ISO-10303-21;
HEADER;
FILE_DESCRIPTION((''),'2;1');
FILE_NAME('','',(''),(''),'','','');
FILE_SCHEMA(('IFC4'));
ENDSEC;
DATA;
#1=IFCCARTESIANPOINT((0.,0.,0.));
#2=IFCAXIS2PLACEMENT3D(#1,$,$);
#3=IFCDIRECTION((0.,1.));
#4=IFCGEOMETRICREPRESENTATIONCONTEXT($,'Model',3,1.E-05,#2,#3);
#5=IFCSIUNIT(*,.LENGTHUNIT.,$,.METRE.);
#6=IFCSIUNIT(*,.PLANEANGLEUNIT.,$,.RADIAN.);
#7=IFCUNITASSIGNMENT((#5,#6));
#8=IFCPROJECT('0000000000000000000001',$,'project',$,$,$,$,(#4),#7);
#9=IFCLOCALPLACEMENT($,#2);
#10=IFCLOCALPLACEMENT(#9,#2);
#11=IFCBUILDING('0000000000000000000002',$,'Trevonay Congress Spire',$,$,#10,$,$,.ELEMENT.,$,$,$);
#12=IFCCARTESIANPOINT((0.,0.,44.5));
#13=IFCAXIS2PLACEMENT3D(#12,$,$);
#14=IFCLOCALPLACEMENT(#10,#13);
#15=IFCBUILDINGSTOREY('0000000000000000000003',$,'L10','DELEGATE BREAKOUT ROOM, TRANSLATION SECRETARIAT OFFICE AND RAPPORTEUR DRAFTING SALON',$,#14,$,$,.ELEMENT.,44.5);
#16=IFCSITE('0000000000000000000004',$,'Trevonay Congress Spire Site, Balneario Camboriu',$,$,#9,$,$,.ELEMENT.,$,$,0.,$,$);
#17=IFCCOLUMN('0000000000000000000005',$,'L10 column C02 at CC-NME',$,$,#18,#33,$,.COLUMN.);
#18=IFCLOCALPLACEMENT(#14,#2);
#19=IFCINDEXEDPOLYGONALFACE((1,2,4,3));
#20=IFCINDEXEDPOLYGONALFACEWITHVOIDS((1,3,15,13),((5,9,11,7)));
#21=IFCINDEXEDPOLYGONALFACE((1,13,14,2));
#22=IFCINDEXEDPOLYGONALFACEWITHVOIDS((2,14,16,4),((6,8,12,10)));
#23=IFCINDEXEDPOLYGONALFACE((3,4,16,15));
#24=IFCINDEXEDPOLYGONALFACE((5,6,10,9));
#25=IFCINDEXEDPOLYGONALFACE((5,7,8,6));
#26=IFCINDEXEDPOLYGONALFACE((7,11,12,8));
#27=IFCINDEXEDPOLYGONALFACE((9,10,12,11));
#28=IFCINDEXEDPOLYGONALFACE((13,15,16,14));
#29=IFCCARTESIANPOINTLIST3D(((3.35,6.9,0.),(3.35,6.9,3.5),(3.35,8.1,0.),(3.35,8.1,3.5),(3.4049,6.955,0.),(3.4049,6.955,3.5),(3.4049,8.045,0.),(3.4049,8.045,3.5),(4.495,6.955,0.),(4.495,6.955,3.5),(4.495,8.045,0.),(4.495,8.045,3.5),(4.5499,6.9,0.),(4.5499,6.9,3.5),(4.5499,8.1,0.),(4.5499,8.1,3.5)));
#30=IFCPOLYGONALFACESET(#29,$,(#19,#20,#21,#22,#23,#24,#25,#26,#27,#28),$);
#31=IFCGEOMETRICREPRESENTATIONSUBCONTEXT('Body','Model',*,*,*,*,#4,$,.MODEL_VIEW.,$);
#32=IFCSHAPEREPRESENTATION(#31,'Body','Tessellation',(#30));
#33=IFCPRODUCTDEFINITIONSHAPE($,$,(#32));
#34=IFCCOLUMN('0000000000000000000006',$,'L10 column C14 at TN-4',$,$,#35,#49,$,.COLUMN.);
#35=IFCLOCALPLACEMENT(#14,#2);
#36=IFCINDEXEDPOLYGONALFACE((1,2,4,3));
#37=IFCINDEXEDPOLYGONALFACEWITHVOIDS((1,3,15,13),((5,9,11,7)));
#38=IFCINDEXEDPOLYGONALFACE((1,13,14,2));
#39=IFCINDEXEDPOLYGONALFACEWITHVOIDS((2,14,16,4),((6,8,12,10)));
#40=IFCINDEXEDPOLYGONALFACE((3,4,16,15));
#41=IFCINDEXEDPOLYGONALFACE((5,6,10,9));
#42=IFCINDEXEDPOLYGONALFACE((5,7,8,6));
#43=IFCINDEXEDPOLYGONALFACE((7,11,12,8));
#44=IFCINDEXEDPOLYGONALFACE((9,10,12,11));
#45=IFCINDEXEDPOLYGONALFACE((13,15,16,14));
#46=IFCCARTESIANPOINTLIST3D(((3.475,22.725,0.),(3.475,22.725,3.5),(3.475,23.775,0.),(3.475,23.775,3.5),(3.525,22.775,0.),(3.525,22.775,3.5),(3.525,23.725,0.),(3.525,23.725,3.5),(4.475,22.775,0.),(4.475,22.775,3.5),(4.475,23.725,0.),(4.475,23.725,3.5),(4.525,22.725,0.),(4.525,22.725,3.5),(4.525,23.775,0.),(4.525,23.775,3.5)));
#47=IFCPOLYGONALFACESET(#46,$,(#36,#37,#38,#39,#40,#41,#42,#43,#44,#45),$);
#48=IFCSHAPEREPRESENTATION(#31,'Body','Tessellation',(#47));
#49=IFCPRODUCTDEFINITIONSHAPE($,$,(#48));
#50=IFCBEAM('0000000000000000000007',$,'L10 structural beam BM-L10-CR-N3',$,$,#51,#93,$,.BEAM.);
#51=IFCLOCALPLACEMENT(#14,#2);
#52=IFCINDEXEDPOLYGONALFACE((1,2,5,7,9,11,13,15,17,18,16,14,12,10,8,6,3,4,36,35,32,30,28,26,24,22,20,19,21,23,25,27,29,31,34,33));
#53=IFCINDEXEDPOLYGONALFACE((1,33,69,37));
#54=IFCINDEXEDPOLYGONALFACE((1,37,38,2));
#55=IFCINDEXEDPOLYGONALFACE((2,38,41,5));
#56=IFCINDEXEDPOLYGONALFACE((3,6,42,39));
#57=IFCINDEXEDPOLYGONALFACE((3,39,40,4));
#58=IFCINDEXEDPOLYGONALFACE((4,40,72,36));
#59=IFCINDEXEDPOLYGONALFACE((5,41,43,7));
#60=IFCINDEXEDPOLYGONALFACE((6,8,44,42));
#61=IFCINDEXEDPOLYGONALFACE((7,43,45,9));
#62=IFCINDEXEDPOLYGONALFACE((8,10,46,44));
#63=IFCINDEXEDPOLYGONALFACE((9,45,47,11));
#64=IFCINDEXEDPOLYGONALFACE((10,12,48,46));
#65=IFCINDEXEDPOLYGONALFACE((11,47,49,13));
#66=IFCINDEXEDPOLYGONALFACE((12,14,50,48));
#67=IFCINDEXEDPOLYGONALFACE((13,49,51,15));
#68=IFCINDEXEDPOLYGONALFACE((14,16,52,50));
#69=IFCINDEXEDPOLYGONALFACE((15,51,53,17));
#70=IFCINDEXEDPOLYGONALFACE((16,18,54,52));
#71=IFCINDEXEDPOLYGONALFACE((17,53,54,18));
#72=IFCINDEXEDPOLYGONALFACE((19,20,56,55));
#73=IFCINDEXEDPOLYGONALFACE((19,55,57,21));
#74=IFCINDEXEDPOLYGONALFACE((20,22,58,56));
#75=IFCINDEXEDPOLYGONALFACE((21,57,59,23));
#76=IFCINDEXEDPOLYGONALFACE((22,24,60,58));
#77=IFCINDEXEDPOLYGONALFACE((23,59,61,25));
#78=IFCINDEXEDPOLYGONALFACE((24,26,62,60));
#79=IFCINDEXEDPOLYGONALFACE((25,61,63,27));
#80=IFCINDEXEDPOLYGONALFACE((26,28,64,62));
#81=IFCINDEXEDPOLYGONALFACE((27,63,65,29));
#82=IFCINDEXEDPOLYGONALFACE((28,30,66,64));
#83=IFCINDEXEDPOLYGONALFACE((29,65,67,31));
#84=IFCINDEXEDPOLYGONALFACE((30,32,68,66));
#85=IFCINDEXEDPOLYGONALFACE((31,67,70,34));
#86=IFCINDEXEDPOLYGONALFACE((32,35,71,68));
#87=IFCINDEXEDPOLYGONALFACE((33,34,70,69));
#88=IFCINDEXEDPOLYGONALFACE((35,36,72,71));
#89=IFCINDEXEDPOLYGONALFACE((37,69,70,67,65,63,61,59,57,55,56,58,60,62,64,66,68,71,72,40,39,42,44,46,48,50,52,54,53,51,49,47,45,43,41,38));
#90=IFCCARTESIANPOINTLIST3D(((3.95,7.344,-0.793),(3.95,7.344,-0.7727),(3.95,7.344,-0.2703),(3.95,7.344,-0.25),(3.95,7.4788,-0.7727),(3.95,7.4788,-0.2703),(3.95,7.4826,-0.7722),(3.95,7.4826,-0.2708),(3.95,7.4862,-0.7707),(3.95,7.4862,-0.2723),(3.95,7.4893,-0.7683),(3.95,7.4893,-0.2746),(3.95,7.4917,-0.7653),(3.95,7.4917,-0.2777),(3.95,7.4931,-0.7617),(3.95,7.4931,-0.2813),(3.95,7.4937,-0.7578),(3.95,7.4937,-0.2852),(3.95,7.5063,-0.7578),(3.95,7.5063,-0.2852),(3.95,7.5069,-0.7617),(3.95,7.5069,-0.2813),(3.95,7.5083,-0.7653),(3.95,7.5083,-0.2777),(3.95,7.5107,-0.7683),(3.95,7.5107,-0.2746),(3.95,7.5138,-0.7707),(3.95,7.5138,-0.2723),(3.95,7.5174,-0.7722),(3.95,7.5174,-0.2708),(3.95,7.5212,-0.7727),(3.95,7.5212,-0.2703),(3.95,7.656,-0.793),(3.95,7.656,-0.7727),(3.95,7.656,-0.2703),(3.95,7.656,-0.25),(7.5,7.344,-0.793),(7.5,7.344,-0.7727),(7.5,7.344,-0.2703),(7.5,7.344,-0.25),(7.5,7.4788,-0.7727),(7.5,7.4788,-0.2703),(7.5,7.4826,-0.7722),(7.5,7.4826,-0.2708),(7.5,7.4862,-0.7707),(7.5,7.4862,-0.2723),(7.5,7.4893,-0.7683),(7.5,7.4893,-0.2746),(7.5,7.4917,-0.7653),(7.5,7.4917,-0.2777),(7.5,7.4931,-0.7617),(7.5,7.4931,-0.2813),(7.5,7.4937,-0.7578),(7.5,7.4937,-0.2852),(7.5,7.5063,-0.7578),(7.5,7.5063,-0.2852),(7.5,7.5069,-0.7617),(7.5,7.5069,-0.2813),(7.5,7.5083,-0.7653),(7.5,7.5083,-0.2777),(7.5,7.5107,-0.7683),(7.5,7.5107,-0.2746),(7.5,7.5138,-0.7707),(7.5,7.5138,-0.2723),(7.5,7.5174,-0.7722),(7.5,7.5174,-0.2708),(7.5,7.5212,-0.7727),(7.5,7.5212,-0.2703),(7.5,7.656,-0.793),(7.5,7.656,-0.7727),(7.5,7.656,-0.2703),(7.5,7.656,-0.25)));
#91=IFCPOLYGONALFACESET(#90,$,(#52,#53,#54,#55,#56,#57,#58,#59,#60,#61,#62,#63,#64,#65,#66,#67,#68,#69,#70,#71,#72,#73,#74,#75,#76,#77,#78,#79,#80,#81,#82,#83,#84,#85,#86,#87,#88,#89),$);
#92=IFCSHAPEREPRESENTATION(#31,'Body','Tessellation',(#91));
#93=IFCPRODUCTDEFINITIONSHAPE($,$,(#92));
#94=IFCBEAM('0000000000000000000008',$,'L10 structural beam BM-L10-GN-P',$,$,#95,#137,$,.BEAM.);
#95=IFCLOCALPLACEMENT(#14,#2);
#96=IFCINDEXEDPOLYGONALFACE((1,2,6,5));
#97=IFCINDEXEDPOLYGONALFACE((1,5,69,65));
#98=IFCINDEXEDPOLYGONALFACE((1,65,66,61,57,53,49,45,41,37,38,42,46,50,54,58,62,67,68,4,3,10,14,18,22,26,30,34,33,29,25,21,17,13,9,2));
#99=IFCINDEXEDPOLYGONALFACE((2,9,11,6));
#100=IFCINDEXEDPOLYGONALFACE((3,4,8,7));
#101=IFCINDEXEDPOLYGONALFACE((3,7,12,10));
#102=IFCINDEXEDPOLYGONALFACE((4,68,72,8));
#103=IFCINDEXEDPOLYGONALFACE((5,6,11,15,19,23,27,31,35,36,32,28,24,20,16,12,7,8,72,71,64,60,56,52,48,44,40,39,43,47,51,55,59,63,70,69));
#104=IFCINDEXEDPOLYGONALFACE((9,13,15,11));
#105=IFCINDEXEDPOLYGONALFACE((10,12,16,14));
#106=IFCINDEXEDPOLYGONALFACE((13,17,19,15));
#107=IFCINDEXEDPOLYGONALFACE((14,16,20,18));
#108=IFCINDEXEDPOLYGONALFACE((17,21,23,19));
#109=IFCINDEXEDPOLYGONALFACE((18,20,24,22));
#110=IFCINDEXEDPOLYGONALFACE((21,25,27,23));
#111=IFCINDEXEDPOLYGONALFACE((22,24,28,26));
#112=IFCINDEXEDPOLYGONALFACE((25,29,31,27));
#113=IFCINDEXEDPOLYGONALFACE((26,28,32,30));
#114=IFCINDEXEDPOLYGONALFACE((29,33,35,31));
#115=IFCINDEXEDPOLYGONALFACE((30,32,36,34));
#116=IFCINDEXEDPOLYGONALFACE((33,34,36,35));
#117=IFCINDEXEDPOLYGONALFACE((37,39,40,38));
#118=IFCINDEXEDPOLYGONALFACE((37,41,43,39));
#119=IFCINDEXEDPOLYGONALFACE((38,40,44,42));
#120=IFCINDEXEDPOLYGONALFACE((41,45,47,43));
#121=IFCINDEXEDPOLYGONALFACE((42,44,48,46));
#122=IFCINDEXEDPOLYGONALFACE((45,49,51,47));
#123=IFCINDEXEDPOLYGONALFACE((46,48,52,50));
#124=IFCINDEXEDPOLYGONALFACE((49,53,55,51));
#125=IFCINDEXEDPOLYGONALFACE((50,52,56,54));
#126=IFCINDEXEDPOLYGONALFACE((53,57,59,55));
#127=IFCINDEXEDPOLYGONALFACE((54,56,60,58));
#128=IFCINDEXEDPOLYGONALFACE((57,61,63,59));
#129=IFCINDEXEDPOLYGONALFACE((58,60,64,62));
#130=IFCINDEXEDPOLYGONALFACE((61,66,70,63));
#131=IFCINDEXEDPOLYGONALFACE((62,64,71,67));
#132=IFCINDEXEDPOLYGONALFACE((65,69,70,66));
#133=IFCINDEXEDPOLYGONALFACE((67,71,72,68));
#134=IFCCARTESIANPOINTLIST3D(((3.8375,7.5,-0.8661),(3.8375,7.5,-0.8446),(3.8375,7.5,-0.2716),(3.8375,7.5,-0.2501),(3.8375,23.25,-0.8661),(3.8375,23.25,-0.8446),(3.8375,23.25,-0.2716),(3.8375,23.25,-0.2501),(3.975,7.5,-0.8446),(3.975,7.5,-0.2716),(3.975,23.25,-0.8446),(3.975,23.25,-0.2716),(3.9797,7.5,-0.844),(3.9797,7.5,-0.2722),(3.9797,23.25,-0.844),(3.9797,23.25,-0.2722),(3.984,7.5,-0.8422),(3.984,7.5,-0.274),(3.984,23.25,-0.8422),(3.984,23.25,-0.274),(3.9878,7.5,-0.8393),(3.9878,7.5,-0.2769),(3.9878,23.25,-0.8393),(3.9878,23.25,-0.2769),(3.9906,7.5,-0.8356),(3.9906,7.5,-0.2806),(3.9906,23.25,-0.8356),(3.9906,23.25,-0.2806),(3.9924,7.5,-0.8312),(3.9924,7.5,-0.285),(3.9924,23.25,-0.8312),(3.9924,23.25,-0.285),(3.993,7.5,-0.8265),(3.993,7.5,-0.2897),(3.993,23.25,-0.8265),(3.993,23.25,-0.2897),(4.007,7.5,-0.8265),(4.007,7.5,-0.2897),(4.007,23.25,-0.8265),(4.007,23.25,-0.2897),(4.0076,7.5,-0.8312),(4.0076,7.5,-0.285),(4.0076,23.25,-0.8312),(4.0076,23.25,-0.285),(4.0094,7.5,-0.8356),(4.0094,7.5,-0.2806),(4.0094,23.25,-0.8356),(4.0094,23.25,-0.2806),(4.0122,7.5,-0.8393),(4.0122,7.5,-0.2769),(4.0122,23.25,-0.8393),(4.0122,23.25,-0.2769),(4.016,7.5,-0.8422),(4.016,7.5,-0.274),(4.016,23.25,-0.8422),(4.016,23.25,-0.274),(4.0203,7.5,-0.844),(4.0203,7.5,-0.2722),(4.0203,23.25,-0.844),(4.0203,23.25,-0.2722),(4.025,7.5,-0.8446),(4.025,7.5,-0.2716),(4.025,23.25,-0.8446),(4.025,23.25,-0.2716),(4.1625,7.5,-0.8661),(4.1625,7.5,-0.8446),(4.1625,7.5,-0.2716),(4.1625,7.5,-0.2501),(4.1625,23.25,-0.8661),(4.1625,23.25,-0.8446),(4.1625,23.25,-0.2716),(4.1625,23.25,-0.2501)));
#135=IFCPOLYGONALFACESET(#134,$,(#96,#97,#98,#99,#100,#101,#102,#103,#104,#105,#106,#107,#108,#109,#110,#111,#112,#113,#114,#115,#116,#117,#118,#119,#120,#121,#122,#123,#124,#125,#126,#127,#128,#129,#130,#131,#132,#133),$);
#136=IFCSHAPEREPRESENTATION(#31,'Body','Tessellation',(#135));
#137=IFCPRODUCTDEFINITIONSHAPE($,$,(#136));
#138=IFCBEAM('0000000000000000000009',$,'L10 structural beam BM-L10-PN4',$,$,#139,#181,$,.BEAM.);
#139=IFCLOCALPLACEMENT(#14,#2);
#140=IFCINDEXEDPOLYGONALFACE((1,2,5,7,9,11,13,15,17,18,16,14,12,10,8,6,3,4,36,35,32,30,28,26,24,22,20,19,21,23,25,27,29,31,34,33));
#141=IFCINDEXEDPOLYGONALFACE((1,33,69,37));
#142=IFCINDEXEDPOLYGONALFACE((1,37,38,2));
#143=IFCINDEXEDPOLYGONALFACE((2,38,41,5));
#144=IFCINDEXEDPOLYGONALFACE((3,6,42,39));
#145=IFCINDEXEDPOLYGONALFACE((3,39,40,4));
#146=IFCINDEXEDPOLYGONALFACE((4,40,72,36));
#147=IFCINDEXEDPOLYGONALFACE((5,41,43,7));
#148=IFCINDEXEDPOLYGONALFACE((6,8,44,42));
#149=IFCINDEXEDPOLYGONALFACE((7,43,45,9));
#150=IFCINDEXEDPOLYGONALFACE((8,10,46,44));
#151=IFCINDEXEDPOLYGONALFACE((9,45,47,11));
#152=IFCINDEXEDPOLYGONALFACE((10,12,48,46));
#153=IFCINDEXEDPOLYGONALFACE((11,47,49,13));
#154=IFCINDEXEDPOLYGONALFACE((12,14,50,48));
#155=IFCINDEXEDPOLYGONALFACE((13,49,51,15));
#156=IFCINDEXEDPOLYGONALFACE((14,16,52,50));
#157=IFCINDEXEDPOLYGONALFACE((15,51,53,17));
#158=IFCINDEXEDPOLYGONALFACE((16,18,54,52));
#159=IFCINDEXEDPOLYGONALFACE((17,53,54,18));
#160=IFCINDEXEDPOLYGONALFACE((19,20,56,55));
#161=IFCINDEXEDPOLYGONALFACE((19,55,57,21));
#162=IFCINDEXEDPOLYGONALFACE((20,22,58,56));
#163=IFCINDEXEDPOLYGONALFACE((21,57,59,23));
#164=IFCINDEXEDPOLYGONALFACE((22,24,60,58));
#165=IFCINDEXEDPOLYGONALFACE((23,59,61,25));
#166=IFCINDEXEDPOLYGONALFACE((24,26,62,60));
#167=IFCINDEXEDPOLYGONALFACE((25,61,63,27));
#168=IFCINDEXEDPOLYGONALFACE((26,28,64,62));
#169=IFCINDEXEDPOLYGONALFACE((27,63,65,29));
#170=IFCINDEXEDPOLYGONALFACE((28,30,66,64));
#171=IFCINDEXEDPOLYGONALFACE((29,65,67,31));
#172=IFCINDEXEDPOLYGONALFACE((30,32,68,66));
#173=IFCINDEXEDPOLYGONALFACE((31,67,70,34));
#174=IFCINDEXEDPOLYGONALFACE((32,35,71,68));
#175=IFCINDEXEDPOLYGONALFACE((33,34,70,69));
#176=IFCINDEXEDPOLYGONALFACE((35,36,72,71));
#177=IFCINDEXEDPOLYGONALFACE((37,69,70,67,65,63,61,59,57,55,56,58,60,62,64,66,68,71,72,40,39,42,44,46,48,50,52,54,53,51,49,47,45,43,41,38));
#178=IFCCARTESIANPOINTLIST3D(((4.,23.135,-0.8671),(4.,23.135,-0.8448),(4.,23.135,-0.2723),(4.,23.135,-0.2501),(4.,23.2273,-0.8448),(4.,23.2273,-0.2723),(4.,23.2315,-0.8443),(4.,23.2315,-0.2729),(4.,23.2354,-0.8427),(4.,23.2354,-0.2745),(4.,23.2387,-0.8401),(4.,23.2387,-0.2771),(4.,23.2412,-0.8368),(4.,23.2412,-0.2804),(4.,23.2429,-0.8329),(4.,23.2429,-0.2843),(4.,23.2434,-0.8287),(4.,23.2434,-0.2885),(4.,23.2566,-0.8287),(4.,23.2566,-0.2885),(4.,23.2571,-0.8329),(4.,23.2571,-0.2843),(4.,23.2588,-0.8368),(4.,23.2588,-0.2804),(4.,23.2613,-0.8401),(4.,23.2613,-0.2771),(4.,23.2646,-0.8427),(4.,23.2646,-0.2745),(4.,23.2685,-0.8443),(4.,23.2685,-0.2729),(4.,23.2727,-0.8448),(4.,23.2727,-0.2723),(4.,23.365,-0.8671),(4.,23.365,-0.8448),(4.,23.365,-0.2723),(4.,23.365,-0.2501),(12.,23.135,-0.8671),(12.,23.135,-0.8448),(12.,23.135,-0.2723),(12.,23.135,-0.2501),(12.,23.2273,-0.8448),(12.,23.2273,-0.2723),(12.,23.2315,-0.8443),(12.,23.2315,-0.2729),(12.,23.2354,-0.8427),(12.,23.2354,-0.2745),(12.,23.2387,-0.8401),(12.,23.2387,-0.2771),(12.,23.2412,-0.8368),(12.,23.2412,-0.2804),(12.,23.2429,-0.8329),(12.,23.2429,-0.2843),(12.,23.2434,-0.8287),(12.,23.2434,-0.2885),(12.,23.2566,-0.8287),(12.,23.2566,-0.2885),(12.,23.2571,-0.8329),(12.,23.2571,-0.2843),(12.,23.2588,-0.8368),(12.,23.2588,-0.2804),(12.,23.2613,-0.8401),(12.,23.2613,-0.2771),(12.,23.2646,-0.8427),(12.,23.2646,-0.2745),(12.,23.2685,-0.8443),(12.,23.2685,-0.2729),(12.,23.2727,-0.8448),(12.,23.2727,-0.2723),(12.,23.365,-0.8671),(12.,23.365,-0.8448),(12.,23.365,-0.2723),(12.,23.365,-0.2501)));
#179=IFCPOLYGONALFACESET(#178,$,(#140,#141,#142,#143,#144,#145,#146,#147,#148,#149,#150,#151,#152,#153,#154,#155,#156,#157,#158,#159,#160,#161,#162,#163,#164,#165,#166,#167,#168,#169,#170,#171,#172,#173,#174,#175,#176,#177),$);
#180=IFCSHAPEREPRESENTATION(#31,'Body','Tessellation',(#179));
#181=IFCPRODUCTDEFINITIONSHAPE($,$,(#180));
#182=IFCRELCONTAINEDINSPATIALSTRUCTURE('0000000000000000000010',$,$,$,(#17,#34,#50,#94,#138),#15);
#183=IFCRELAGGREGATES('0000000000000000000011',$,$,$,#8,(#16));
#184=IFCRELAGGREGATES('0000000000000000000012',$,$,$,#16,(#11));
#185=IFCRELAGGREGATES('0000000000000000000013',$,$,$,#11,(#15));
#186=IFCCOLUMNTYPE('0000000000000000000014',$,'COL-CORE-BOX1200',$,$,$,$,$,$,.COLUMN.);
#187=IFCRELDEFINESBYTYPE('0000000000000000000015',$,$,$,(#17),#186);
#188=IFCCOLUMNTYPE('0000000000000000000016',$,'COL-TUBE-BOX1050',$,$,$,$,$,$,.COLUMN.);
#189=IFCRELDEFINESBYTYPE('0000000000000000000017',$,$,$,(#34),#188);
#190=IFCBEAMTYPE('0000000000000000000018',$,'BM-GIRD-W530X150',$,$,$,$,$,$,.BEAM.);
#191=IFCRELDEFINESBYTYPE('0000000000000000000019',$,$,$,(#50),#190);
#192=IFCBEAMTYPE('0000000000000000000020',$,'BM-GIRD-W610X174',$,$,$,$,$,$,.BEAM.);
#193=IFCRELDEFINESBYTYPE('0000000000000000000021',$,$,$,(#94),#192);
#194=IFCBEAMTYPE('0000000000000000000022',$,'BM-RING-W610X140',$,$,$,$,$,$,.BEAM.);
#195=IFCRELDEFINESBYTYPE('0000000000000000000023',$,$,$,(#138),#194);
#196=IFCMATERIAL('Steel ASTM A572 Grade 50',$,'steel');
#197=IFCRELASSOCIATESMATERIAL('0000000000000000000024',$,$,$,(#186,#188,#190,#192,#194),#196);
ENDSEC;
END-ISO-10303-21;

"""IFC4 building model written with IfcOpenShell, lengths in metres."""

from ifc_helpers import new_model, si_unit, direction, frame, origin, origin_2d, place, context, subcontext, project, spatial, hollow_rectangle, i_section, extrude, material, material_profile, profile_set, type_object, element, save


model = new_model("IFC4")

# Units and contexts
model_context = context("Model", 3, precision=1e-05, world=origin(), true_north=direction((0.0, 1.0)))
body_context = subcontext(model_context, "Body", "Model", "MODEL_VIEW")
ifc_project = project(units=[si_unit("LENGTHUNIT", "METRE"), si_unit("PLANEANGLEUNIT", "RADIAN")], contexts=[model_context])

# Site, building, storey
site_placement = place(None, origin())
site = spatial("IfcSite", under=ifc_project, at=site_placement, Name="Trevonay Congress Spire Site, Balneario Camboriu", CompositionType="ELEMENT", RefElevation=0.0)
building_placement = place(site_placement, origin())
building = spatial("IfcBuilding", under=site, at=building_placement, Name="Trevonay Congress Spire", CompositionType="ELEMENT")
storey_placement = place(building_placement, frame((0.0, 0.0, 44.5)))
storey = spatial("IfcBuildingStorey", under=building, at=storey_placement, Name="L10", Description="DELEGATE BREAKOUT ROOM, TRANSLATION SECRETARIAT OFFICE AND RAPPORTEUR DRAFTING SALON", CompositionType="ELEMENT", Elevation=44.5)

# Columns
ifc_material_1 = material(Name="Steel ASTM A572 Grade 50", Category="steel")
ifc_material_profile_1 = material_profile(ifc_material_1, hollow_rectangle(XDim=1.2, YDim=1.2, WallThickness=0.0549, at=origin_2d()), Name="BOX 1200x1200x55")
ifc_profile_set_1 = profile_set([ifc_material_profile_1], Name="Steel ASTM A572 Grade 50")
column_type_1 = type_object("IfcColumnType", Name="COL-CORE-BOX1200", PredefinedType="COLUMN", material=ifc_profile_set_1)
column_1_placement = place(storey_placement, frame((3.95, 7.5, 0.0), z_axis=(0.0, 0.0, 1.0), x_axis=(1.0, 0.0, 0.0)))
element("IfcColumn", 1, at=column_1_placement, inside=storey, type_object=column_type_1, Name="L10 column C02 at CC-NME", PredefinedType="COLUMN", context=body_context, shape_type="SweptSolid", body=[
    extrude(hollow_rectangle(XDim=1.2, YDim=1.2, WallThickness=0.0549, at=origin_2d()), origin(), (0.0, 0.0, 1.0), 3.5),
])
ifc_material_profile_2 = material_profile(ifc_material_1, hollow_rectangle(XDim=1.05, YDim=1.05, WallThickness=0.05, at=origin_2d()), Name="BOX 1050x1050x50")
ifc_profile_set_2 = profile_set([ifc_material_profile_2], Name="Steel ASTM A572 Grade 50")
column_type_2 = type_object("IfcColumnType", Name="COL-TUBE-BOX1050", PredefinedType="COLUMN", material=ifc_profile_set_2)
column_2_placement = place(storey_placement, frame((4.0, 23.25, 0.0), z_axis=(0.0, 0.0, 1.0), x_axis=(1.0, 0.0, 0.0)))
element("IfcColumn", 2, at=column_2_placement, inside=storey, type_object=column_type_2, Name="L10 column C14 at TN-4", PredefinedType="COLUMN", context=body_context, shape_type="SweptSolid", body=[
    extrude(hollow_rectangle(XDim=1.05, YDim=1.05, WallThickness=0.05, at=origin_2d()), origin(), (0.0, 0.0, 1.0), 3.5),
])

# Beams
ifc_material_profile_3 = material_profile(ifc_material_1, i_section(OverallWidth=0.312, OverallDepth=0.543, WebThickness=0.0127, FlangeThickness=0.0203, FilletRadius=0.0149, at=origin_2d()), Name="W530x150")
ifc_profile_set_3 = profile_set([ifc_material_profile_3], Name="Steel ASTM A572 Grade 50")
beam_type_1 = type_object("IfcBeamType", Name="BM-GIRD-W530X150", PredefinedType="BEAM", material=ifc_profile_set_3)
beam_1_placement = place(storey_placement, frame((3.95, 7.5, -0.5215), z_axis=(1.0, 0.0, 0.0), x_axis=(0.0, 1.0, 0.0)))
element("IfcBeam", 3, at=beam_1_placement, inside=storey, type_object=beam_type_1, Name="L10 structural beam BM-L10-CR-N3", PredefinedType="BEAM", context=body_context, shape_type="SweptSolid", body=[
    extrude(i_section(OverallWidth=0.312, OverallDepth=0.543, WebThickness=0.0127, FlangeThickness=0.0203, FilletRadius=0.0149, at=origin_2d()), origin(), (0.0, 0.0, 1.0), 3.55),
])
ifc_material_profile_4 = material_profile(ifc_material_1, i_section(OverallWidth=0.325, OverallDepth=0.616, WebThickness=0.0139, FlangeThickness=0.0215, FilletRadius=0.0181, at=origin_2d()), Name="W610x174")
ifc_profile_set_4 = profile_set([ifc_material_profile_4], Name="Steel ASTM A572 Grade 50")
beam_type_2 = type_object("IfcBeamType", Name="BM-GIRD-W610X174", PredefinedType="BEAM", material=ifc_profile_set_4)
beam_2_placement = place(storey_placement, frame((4.0, 7.5, -0.5581), z_axis=(0.0, 1.0, 0.0), x_axis=(-1.0, 0.0, 0.0)))
element("IfcBeam", 4, at=beam_2_placement, inside=storey, type_object=beam_type_2, Name="L10 structural beam BM-L10-GN-P", PredefinedType="BEAM", context=body_context, shape_type="SweptSolid", body=[
    extrude(i_section(OverallWidth=0.325, OverallDepth=0.616, WebThickness=0.0139, FlangeThickness=0.0215, FilletRadius=0.0181, at=origin_2d()), origin(), (0.0, 0.0, 1.0), 15.75),
])
ifc_material_profile_5 = material_profile(ifc_material_1, i_section(OverallWidth=0.23, OverallDepth=0.6169, WebThickness=0.0132, FlangeThickness=0.0222, FilletRadius=0.0161, at=origin_2d()), Name="W610x140")
ifc_profile_set_5 = profile_set([ifc_material_profile_5], Name="Steel ASTM A572 Grade 50")
beam_type_3 = type_object("IfcBeamType", Name="BM-RING-W610X140", PredefinedType="BEAM", material=ifc_profile_set_5)
beam_3_placement = place(storey_placement, frame((4.0, 23.25, -0.5586), z_axis=(1.0, 0.0, 0.0), x_axis=(0.0, 1.0, 0.0)))
element("IfcBeam", 5, at=beam_3_placement, inside=storey, type_object=beam_type_3, Name="L10 structural beam BM-L10-PN4", PredefinedType="BEAM", context=body_context, shape_type="SweptSolid", body=[
    extrude(i_section(OverallWidth=0.23, OverallDepth=0.6169, WebThickness=0.0132, FlangeThickness=0.0222, FilletRadius=0.0161, at=origin_2d()), origin(), (0.0, 0.0, 1.0), 8.0),
])

save(model, "model.ifc")
